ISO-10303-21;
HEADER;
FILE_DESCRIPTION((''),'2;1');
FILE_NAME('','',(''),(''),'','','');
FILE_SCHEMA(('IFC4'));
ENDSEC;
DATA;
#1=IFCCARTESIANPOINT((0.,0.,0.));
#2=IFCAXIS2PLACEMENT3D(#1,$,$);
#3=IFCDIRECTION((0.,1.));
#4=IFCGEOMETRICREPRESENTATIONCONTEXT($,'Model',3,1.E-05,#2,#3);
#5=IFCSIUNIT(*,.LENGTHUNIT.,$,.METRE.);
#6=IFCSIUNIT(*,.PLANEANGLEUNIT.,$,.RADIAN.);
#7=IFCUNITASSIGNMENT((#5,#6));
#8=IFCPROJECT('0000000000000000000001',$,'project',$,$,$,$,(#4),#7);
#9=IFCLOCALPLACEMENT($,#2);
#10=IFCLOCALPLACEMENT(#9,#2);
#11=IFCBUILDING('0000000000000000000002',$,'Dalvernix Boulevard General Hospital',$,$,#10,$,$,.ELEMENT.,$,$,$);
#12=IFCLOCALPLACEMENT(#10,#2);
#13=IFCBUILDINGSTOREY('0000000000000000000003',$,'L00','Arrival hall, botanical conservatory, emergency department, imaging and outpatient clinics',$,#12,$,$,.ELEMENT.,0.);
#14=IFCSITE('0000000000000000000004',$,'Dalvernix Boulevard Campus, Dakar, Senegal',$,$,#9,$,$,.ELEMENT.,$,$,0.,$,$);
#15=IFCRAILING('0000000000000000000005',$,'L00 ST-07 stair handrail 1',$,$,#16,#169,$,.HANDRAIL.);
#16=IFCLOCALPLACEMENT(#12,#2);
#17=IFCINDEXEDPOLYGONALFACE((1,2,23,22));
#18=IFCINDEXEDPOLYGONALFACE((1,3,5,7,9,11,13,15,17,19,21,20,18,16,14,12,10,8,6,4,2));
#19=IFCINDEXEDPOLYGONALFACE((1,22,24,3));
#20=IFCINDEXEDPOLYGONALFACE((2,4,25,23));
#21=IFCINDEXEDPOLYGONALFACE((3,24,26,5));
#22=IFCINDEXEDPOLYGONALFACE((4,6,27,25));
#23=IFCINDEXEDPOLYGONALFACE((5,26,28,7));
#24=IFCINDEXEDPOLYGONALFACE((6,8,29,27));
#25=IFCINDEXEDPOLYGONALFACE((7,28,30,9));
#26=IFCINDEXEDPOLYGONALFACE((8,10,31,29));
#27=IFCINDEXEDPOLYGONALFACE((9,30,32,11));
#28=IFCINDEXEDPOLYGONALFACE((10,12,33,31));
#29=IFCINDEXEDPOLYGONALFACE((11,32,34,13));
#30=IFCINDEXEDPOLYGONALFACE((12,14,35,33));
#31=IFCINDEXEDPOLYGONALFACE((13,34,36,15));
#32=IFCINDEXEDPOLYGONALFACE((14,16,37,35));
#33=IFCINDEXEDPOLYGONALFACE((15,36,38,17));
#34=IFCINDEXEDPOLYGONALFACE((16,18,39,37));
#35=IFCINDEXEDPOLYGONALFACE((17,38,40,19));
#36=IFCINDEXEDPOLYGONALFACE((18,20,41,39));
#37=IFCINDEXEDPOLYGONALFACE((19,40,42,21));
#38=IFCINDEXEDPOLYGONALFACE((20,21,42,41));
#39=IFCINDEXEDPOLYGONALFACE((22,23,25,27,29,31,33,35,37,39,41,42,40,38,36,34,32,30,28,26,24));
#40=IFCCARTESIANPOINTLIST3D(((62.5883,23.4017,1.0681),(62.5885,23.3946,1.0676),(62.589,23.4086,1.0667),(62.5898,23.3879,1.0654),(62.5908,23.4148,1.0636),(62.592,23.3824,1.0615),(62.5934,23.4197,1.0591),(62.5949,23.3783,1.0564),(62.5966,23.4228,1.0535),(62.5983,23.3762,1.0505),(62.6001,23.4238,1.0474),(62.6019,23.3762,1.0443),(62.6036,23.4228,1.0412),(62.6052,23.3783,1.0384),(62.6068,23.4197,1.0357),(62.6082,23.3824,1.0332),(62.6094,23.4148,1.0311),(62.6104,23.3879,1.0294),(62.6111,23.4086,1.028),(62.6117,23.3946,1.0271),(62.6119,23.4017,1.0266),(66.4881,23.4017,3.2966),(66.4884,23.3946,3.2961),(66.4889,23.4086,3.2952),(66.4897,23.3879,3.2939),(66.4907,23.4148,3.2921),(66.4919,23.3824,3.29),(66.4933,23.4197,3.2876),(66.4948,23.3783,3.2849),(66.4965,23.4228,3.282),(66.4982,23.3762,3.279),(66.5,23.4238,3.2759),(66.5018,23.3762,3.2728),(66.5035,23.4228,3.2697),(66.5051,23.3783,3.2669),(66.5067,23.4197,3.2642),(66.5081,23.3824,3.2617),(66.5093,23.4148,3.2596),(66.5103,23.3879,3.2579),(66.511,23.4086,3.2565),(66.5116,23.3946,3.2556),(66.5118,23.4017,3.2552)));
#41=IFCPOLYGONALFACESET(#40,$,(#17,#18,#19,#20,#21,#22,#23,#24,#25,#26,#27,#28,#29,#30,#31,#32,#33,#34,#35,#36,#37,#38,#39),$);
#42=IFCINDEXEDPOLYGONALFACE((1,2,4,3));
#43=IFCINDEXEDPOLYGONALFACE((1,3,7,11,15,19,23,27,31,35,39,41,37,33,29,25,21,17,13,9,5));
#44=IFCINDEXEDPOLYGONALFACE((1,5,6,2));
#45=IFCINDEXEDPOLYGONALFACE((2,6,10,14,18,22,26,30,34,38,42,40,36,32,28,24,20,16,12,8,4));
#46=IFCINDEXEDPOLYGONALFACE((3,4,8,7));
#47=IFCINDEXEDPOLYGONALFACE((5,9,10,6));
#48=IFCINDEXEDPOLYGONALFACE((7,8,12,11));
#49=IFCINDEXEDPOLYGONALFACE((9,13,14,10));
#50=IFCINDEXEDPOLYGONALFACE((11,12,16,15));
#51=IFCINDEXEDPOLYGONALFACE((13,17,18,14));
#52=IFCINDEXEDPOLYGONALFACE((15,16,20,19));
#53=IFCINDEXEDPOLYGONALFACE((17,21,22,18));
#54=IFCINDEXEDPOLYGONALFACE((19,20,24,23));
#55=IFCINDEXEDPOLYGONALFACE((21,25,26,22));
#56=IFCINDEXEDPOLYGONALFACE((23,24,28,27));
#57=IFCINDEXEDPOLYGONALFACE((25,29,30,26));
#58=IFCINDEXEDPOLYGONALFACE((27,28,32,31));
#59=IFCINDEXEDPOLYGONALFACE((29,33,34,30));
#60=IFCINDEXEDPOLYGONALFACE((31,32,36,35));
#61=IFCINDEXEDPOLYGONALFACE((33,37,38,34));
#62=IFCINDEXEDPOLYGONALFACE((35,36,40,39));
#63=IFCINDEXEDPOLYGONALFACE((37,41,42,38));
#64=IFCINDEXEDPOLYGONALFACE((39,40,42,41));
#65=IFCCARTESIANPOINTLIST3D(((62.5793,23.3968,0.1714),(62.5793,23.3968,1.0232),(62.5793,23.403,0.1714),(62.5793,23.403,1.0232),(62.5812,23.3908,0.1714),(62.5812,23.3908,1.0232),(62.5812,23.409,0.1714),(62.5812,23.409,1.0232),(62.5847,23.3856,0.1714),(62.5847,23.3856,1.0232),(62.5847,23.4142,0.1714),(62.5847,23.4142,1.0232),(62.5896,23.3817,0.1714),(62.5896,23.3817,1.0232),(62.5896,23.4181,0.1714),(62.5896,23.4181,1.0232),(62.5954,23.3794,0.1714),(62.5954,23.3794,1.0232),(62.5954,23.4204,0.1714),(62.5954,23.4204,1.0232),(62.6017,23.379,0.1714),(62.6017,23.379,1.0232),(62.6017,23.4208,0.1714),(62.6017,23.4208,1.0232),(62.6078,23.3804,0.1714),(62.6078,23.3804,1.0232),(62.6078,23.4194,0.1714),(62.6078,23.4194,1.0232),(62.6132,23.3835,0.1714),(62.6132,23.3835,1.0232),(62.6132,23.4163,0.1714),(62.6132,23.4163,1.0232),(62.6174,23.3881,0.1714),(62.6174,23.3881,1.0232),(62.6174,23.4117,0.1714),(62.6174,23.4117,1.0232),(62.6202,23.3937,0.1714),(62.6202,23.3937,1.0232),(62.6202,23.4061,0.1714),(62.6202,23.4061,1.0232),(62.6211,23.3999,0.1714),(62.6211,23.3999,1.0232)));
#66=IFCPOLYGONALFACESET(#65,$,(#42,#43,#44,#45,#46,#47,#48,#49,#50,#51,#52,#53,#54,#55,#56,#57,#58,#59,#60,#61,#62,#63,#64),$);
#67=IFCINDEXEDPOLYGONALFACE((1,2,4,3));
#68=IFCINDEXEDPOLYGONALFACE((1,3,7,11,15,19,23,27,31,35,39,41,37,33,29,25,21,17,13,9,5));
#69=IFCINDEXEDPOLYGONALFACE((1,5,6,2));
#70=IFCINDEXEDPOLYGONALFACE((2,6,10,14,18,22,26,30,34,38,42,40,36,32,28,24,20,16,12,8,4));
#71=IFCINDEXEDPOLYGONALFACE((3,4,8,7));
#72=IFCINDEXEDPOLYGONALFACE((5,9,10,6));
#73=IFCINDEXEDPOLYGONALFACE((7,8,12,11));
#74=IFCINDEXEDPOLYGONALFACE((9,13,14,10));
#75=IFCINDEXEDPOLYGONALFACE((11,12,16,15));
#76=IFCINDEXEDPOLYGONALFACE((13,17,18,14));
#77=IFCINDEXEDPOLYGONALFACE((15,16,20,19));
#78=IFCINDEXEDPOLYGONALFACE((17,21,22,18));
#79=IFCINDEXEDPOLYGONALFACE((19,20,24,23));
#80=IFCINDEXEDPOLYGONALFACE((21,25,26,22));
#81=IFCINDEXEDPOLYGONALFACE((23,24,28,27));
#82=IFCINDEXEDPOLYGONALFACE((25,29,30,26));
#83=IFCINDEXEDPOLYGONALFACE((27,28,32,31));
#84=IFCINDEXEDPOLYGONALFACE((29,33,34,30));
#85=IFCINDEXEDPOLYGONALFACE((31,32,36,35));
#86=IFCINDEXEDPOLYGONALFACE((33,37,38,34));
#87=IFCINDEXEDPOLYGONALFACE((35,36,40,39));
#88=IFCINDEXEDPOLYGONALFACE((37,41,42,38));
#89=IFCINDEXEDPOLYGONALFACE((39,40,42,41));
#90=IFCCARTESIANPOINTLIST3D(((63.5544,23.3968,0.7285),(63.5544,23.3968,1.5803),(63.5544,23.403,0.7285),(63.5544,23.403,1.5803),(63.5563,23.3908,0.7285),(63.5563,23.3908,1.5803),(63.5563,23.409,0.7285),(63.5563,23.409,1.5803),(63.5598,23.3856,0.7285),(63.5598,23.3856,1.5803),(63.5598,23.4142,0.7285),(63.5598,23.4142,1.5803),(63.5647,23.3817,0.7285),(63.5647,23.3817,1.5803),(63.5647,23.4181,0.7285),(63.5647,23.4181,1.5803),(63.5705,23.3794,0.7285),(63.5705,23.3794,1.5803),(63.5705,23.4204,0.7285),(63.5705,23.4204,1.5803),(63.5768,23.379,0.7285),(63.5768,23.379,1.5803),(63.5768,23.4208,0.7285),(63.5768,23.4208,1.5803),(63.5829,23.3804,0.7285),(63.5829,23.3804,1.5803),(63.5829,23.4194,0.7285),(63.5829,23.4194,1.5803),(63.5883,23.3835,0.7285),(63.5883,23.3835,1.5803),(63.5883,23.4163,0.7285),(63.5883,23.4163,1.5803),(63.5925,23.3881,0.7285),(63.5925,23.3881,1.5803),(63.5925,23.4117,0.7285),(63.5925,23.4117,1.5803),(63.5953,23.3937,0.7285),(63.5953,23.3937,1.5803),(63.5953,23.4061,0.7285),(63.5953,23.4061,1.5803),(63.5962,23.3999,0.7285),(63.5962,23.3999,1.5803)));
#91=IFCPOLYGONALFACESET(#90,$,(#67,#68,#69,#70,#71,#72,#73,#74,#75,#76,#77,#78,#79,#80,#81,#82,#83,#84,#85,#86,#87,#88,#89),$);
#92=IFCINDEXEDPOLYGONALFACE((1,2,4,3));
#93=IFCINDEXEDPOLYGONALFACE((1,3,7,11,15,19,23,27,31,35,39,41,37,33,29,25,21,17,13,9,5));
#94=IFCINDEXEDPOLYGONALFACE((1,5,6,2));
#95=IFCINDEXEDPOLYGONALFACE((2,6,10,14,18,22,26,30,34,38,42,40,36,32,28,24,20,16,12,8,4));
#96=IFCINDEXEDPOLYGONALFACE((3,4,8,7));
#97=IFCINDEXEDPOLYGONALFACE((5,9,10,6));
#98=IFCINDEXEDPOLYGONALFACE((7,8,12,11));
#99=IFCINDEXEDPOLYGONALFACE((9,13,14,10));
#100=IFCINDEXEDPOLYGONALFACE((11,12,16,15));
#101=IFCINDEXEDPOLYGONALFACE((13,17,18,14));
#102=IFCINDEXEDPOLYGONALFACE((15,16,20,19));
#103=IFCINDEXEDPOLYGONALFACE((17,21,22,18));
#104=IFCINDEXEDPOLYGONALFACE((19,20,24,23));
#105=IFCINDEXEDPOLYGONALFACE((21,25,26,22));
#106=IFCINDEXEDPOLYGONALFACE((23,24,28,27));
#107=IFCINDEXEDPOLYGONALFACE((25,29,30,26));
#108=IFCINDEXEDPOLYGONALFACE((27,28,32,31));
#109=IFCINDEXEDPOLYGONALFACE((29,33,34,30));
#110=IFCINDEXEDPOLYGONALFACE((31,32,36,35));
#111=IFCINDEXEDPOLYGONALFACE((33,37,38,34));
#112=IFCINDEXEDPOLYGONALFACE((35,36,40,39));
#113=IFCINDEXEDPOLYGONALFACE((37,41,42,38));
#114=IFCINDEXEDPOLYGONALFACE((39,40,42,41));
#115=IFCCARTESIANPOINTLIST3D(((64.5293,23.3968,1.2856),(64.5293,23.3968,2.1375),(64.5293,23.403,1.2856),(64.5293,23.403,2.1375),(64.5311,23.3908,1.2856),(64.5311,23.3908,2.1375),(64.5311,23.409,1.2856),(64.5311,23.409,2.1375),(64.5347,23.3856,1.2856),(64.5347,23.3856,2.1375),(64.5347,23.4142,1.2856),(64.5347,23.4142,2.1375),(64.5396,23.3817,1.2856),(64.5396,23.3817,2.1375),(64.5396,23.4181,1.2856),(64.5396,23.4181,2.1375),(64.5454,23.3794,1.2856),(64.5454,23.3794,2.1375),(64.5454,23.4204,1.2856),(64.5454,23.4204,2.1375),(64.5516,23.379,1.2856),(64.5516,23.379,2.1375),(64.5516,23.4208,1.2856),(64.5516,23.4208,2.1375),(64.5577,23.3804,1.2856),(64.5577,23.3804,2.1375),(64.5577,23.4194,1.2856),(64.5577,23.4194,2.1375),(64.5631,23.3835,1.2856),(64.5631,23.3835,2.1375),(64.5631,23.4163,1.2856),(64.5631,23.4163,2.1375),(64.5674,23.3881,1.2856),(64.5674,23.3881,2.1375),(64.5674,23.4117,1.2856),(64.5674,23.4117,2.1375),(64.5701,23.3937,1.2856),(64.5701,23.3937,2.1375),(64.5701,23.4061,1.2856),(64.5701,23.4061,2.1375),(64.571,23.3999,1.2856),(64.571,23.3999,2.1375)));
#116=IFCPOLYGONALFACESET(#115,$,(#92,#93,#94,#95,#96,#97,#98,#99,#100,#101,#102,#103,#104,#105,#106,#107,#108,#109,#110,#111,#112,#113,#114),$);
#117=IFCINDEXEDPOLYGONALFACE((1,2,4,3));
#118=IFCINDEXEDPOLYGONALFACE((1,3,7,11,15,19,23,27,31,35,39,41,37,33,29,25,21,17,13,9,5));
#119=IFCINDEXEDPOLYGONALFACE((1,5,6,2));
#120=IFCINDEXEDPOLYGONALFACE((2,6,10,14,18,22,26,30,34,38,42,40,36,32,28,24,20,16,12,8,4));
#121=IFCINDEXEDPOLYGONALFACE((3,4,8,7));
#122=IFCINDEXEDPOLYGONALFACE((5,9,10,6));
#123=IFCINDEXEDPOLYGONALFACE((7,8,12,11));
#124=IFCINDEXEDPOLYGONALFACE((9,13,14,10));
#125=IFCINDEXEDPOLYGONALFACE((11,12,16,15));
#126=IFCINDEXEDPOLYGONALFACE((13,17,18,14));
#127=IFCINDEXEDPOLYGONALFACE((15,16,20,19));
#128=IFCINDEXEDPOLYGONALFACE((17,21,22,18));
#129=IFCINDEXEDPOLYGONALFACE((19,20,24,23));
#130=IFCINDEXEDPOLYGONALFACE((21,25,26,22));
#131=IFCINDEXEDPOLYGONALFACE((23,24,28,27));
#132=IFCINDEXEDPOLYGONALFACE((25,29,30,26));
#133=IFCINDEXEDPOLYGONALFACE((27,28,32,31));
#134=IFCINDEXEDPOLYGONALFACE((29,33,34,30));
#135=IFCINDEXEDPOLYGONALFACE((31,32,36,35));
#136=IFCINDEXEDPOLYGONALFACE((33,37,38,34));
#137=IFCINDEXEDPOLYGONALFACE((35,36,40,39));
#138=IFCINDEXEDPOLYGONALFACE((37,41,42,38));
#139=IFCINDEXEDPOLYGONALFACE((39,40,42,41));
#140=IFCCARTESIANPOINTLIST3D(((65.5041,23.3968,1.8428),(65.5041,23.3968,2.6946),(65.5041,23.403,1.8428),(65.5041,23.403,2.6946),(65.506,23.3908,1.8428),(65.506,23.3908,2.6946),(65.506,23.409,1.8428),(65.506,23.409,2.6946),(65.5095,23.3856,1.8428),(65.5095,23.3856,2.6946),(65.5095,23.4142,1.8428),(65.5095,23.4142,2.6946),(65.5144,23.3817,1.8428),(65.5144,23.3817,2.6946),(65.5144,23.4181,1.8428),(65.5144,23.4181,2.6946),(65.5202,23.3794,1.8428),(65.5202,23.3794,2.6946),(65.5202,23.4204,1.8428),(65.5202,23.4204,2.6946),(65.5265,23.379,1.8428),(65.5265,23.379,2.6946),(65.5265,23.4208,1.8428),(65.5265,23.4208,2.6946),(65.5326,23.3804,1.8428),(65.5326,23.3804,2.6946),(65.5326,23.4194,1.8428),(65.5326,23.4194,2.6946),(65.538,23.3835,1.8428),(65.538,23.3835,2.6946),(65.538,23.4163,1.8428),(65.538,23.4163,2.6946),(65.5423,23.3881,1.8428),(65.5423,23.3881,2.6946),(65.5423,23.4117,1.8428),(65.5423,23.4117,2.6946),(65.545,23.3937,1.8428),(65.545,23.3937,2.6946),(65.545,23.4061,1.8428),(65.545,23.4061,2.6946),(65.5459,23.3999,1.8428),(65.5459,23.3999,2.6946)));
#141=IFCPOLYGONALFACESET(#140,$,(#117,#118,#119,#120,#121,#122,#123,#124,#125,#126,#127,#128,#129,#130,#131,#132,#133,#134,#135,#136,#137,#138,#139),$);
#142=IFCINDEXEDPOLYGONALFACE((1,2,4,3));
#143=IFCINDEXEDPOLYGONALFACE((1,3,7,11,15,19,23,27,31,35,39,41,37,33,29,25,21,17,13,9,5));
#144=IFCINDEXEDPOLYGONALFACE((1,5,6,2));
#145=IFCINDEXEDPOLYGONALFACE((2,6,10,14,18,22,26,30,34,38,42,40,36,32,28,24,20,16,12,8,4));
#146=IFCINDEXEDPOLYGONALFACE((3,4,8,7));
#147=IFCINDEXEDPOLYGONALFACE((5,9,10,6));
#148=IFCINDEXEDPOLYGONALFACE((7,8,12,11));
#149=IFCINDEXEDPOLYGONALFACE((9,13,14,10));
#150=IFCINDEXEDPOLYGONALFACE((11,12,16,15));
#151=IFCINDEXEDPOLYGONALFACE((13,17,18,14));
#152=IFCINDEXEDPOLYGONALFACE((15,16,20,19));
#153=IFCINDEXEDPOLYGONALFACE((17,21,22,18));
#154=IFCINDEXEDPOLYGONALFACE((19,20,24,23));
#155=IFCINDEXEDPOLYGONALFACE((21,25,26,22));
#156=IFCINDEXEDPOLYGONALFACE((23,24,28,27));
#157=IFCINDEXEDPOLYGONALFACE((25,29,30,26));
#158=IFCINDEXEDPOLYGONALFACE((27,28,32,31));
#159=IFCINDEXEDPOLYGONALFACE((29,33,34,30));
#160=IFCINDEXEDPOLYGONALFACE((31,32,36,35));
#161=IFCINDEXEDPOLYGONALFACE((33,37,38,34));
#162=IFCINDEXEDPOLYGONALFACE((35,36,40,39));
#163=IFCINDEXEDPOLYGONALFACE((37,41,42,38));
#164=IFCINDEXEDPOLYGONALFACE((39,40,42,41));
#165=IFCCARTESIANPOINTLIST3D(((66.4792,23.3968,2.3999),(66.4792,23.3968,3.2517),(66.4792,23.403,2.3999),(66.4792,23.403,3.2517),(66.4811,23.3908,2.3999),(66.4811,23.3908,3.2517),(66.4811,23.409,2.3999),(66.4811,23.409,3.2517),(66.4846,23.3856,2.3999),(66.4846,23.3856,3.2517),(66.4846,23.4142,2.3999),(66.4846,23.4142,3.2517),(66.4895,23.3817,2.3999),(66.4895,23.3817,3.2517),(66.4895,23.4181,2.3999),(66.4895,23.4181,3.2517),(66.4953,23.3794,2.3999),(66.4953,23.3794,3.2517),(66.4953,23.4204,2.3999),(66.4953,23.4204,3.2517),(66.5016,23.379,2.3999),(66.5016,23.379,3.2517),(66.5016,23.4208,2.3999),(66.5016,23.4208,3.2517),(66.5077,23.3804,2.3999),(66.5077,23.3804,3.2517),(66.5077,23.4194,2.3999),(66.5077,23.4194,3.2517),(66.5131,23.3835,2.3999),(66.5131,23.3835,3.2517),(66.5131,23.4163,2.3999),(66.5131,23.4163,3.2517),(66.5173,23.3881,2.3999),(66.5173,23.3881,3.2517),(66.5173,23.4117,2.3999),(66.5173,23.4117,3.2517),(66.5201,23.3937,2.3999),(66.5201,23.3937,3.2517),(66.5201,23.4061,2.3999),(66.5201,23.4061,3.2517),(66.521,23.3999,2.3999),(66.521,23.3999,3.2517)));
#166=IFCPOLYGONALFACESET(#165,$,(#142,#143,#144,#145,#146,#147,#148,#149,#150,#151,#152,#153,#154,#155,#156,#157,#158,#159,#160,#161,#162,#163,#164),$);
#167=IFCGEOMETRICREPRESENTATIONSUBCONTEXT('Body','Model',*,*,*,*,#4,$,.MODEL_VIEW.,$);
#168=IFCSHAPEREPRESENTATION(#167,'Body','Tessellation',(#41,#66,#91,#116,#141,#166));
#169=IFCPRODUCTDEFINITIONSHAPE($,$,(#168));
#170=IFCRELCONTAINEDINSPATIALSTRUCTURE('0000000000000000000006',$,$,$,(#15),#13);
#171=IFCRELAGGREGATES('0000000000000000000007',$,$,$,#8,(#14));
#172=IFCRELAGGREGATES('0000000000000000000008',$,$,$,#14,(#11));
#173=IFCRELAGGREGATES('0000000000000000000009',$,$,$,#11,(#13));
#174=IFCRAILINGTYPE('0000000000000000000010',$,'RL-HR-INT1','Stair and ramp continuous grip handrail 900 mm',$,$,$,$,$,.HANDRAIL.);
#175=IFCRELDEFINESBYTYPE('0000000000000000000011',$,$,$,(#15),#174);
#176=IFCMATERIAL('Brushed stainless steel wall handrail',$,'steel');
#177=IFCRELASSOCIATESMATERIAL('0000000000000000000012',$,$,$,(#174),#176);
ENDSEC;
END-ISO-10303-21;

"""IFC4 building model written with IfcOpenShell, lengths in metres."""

from ifc_helpers import new_model, si_unit, direction, frame, origin, origin_2d, place, context, subcontext, project, spatial, circle, extrude, material, type_object, element, save


model = new_model("IFC4")

# Units and contexts
model_context = context("Model", 3, precision=1e-05, world=origin(), true_north=direction((0.0, 1.0)))
body_context = subcontext(model_context, "Body", "Model", "MODEL_VIEW")
ifc_project = project(units=[si_unit("LENGTHUNIT", "METRE"), si_unit("PLANEANGLEUNIT", "RADIAN")], contexts=[model_context])

# Site, building, storey
site_placement = place(None, origin())
site = spatial("IfcSite", under=ifc_project, at=site_placement, Name="Dalvernix Boulevard Campus, Dakar, Senegal", CompositionType="ELEMENT", RefElevation=0.0)
building_placement = place(site_placement, origin())
building = spatial("IfcBuilding", under=site, at=building_placement, Name="Dalvernix Boulevard General Hospital", CompositionType="ELEMENT")
storey_placement = place(building_placement, origin())
storey = spatial("IfcBuildingStorey", under=building, at=storey_placement, Name="L00", Description="Arrival hall, botanical conservatory, emergency department, imaging and outpatient clinics", CompositionType="ELEMENT", Elevation=0.0)

# Railing
ifc_material_1 = material(Name="Brushed stainless steel wall handrail", Category="steel")
railing_type_1 = type_object("IfcRailingType", Name="RL-HR-INT1", Description="Stair and ramp continuous grip handrail 900 mm", PredefinedType="HANDRAIL", material=ifc_material_1)
railing_1_placement = place(storey_placement, frame((62.6001, 23.3999, 0.1714)))
element("IfcRailing", 1, at=railing_1_placement, inside=storey, type_object=railing_type_1, Name="L00 ST-07 stair handrail 1", PredefinedType="HANDRAIL", context=body_context, shape_type="SweptSolid", body=[
    extrude(circle(Radius=0.0239, at=origin_2d()), frame((0.0, 0.0, 0.876), z_axis=(0.868243, 0.0, 0.496139), x_axis=(0.0, 1.0, 0.0)), (0.0, 0.0, 1.0), 4.4917),
    extrude(circle(Radius=0.021, at=origin_2d()), origin(), (0.0, 0.0, 1.0), 0.8518),
    extrude(circle(Radius=0.021, at=origin_2d()), frame((0.9751, 0.0, 0.5571)), (0.0, 0.0, 1.0), 0.8518),
    extrude(circle(Radius=0.021, at=origin_2d()), frame((1.95, 0.0, 1.1143)), (0.0, 0.0, 1.0), 0.8518),
    extrude(circle(Radius=0.021, at=origin_2d()), frame((2.9248, 0.0, 1.6714)), (0.0, 0.0, 1.0), 0.8518),
    extrude(circle(Radius=0.021, at=origin_2d()), frame((3.8999, 0.0, 2.2285)), (0.0, 0.0, 1.0), 0.8518),
])

save(model, "model.ifc")
